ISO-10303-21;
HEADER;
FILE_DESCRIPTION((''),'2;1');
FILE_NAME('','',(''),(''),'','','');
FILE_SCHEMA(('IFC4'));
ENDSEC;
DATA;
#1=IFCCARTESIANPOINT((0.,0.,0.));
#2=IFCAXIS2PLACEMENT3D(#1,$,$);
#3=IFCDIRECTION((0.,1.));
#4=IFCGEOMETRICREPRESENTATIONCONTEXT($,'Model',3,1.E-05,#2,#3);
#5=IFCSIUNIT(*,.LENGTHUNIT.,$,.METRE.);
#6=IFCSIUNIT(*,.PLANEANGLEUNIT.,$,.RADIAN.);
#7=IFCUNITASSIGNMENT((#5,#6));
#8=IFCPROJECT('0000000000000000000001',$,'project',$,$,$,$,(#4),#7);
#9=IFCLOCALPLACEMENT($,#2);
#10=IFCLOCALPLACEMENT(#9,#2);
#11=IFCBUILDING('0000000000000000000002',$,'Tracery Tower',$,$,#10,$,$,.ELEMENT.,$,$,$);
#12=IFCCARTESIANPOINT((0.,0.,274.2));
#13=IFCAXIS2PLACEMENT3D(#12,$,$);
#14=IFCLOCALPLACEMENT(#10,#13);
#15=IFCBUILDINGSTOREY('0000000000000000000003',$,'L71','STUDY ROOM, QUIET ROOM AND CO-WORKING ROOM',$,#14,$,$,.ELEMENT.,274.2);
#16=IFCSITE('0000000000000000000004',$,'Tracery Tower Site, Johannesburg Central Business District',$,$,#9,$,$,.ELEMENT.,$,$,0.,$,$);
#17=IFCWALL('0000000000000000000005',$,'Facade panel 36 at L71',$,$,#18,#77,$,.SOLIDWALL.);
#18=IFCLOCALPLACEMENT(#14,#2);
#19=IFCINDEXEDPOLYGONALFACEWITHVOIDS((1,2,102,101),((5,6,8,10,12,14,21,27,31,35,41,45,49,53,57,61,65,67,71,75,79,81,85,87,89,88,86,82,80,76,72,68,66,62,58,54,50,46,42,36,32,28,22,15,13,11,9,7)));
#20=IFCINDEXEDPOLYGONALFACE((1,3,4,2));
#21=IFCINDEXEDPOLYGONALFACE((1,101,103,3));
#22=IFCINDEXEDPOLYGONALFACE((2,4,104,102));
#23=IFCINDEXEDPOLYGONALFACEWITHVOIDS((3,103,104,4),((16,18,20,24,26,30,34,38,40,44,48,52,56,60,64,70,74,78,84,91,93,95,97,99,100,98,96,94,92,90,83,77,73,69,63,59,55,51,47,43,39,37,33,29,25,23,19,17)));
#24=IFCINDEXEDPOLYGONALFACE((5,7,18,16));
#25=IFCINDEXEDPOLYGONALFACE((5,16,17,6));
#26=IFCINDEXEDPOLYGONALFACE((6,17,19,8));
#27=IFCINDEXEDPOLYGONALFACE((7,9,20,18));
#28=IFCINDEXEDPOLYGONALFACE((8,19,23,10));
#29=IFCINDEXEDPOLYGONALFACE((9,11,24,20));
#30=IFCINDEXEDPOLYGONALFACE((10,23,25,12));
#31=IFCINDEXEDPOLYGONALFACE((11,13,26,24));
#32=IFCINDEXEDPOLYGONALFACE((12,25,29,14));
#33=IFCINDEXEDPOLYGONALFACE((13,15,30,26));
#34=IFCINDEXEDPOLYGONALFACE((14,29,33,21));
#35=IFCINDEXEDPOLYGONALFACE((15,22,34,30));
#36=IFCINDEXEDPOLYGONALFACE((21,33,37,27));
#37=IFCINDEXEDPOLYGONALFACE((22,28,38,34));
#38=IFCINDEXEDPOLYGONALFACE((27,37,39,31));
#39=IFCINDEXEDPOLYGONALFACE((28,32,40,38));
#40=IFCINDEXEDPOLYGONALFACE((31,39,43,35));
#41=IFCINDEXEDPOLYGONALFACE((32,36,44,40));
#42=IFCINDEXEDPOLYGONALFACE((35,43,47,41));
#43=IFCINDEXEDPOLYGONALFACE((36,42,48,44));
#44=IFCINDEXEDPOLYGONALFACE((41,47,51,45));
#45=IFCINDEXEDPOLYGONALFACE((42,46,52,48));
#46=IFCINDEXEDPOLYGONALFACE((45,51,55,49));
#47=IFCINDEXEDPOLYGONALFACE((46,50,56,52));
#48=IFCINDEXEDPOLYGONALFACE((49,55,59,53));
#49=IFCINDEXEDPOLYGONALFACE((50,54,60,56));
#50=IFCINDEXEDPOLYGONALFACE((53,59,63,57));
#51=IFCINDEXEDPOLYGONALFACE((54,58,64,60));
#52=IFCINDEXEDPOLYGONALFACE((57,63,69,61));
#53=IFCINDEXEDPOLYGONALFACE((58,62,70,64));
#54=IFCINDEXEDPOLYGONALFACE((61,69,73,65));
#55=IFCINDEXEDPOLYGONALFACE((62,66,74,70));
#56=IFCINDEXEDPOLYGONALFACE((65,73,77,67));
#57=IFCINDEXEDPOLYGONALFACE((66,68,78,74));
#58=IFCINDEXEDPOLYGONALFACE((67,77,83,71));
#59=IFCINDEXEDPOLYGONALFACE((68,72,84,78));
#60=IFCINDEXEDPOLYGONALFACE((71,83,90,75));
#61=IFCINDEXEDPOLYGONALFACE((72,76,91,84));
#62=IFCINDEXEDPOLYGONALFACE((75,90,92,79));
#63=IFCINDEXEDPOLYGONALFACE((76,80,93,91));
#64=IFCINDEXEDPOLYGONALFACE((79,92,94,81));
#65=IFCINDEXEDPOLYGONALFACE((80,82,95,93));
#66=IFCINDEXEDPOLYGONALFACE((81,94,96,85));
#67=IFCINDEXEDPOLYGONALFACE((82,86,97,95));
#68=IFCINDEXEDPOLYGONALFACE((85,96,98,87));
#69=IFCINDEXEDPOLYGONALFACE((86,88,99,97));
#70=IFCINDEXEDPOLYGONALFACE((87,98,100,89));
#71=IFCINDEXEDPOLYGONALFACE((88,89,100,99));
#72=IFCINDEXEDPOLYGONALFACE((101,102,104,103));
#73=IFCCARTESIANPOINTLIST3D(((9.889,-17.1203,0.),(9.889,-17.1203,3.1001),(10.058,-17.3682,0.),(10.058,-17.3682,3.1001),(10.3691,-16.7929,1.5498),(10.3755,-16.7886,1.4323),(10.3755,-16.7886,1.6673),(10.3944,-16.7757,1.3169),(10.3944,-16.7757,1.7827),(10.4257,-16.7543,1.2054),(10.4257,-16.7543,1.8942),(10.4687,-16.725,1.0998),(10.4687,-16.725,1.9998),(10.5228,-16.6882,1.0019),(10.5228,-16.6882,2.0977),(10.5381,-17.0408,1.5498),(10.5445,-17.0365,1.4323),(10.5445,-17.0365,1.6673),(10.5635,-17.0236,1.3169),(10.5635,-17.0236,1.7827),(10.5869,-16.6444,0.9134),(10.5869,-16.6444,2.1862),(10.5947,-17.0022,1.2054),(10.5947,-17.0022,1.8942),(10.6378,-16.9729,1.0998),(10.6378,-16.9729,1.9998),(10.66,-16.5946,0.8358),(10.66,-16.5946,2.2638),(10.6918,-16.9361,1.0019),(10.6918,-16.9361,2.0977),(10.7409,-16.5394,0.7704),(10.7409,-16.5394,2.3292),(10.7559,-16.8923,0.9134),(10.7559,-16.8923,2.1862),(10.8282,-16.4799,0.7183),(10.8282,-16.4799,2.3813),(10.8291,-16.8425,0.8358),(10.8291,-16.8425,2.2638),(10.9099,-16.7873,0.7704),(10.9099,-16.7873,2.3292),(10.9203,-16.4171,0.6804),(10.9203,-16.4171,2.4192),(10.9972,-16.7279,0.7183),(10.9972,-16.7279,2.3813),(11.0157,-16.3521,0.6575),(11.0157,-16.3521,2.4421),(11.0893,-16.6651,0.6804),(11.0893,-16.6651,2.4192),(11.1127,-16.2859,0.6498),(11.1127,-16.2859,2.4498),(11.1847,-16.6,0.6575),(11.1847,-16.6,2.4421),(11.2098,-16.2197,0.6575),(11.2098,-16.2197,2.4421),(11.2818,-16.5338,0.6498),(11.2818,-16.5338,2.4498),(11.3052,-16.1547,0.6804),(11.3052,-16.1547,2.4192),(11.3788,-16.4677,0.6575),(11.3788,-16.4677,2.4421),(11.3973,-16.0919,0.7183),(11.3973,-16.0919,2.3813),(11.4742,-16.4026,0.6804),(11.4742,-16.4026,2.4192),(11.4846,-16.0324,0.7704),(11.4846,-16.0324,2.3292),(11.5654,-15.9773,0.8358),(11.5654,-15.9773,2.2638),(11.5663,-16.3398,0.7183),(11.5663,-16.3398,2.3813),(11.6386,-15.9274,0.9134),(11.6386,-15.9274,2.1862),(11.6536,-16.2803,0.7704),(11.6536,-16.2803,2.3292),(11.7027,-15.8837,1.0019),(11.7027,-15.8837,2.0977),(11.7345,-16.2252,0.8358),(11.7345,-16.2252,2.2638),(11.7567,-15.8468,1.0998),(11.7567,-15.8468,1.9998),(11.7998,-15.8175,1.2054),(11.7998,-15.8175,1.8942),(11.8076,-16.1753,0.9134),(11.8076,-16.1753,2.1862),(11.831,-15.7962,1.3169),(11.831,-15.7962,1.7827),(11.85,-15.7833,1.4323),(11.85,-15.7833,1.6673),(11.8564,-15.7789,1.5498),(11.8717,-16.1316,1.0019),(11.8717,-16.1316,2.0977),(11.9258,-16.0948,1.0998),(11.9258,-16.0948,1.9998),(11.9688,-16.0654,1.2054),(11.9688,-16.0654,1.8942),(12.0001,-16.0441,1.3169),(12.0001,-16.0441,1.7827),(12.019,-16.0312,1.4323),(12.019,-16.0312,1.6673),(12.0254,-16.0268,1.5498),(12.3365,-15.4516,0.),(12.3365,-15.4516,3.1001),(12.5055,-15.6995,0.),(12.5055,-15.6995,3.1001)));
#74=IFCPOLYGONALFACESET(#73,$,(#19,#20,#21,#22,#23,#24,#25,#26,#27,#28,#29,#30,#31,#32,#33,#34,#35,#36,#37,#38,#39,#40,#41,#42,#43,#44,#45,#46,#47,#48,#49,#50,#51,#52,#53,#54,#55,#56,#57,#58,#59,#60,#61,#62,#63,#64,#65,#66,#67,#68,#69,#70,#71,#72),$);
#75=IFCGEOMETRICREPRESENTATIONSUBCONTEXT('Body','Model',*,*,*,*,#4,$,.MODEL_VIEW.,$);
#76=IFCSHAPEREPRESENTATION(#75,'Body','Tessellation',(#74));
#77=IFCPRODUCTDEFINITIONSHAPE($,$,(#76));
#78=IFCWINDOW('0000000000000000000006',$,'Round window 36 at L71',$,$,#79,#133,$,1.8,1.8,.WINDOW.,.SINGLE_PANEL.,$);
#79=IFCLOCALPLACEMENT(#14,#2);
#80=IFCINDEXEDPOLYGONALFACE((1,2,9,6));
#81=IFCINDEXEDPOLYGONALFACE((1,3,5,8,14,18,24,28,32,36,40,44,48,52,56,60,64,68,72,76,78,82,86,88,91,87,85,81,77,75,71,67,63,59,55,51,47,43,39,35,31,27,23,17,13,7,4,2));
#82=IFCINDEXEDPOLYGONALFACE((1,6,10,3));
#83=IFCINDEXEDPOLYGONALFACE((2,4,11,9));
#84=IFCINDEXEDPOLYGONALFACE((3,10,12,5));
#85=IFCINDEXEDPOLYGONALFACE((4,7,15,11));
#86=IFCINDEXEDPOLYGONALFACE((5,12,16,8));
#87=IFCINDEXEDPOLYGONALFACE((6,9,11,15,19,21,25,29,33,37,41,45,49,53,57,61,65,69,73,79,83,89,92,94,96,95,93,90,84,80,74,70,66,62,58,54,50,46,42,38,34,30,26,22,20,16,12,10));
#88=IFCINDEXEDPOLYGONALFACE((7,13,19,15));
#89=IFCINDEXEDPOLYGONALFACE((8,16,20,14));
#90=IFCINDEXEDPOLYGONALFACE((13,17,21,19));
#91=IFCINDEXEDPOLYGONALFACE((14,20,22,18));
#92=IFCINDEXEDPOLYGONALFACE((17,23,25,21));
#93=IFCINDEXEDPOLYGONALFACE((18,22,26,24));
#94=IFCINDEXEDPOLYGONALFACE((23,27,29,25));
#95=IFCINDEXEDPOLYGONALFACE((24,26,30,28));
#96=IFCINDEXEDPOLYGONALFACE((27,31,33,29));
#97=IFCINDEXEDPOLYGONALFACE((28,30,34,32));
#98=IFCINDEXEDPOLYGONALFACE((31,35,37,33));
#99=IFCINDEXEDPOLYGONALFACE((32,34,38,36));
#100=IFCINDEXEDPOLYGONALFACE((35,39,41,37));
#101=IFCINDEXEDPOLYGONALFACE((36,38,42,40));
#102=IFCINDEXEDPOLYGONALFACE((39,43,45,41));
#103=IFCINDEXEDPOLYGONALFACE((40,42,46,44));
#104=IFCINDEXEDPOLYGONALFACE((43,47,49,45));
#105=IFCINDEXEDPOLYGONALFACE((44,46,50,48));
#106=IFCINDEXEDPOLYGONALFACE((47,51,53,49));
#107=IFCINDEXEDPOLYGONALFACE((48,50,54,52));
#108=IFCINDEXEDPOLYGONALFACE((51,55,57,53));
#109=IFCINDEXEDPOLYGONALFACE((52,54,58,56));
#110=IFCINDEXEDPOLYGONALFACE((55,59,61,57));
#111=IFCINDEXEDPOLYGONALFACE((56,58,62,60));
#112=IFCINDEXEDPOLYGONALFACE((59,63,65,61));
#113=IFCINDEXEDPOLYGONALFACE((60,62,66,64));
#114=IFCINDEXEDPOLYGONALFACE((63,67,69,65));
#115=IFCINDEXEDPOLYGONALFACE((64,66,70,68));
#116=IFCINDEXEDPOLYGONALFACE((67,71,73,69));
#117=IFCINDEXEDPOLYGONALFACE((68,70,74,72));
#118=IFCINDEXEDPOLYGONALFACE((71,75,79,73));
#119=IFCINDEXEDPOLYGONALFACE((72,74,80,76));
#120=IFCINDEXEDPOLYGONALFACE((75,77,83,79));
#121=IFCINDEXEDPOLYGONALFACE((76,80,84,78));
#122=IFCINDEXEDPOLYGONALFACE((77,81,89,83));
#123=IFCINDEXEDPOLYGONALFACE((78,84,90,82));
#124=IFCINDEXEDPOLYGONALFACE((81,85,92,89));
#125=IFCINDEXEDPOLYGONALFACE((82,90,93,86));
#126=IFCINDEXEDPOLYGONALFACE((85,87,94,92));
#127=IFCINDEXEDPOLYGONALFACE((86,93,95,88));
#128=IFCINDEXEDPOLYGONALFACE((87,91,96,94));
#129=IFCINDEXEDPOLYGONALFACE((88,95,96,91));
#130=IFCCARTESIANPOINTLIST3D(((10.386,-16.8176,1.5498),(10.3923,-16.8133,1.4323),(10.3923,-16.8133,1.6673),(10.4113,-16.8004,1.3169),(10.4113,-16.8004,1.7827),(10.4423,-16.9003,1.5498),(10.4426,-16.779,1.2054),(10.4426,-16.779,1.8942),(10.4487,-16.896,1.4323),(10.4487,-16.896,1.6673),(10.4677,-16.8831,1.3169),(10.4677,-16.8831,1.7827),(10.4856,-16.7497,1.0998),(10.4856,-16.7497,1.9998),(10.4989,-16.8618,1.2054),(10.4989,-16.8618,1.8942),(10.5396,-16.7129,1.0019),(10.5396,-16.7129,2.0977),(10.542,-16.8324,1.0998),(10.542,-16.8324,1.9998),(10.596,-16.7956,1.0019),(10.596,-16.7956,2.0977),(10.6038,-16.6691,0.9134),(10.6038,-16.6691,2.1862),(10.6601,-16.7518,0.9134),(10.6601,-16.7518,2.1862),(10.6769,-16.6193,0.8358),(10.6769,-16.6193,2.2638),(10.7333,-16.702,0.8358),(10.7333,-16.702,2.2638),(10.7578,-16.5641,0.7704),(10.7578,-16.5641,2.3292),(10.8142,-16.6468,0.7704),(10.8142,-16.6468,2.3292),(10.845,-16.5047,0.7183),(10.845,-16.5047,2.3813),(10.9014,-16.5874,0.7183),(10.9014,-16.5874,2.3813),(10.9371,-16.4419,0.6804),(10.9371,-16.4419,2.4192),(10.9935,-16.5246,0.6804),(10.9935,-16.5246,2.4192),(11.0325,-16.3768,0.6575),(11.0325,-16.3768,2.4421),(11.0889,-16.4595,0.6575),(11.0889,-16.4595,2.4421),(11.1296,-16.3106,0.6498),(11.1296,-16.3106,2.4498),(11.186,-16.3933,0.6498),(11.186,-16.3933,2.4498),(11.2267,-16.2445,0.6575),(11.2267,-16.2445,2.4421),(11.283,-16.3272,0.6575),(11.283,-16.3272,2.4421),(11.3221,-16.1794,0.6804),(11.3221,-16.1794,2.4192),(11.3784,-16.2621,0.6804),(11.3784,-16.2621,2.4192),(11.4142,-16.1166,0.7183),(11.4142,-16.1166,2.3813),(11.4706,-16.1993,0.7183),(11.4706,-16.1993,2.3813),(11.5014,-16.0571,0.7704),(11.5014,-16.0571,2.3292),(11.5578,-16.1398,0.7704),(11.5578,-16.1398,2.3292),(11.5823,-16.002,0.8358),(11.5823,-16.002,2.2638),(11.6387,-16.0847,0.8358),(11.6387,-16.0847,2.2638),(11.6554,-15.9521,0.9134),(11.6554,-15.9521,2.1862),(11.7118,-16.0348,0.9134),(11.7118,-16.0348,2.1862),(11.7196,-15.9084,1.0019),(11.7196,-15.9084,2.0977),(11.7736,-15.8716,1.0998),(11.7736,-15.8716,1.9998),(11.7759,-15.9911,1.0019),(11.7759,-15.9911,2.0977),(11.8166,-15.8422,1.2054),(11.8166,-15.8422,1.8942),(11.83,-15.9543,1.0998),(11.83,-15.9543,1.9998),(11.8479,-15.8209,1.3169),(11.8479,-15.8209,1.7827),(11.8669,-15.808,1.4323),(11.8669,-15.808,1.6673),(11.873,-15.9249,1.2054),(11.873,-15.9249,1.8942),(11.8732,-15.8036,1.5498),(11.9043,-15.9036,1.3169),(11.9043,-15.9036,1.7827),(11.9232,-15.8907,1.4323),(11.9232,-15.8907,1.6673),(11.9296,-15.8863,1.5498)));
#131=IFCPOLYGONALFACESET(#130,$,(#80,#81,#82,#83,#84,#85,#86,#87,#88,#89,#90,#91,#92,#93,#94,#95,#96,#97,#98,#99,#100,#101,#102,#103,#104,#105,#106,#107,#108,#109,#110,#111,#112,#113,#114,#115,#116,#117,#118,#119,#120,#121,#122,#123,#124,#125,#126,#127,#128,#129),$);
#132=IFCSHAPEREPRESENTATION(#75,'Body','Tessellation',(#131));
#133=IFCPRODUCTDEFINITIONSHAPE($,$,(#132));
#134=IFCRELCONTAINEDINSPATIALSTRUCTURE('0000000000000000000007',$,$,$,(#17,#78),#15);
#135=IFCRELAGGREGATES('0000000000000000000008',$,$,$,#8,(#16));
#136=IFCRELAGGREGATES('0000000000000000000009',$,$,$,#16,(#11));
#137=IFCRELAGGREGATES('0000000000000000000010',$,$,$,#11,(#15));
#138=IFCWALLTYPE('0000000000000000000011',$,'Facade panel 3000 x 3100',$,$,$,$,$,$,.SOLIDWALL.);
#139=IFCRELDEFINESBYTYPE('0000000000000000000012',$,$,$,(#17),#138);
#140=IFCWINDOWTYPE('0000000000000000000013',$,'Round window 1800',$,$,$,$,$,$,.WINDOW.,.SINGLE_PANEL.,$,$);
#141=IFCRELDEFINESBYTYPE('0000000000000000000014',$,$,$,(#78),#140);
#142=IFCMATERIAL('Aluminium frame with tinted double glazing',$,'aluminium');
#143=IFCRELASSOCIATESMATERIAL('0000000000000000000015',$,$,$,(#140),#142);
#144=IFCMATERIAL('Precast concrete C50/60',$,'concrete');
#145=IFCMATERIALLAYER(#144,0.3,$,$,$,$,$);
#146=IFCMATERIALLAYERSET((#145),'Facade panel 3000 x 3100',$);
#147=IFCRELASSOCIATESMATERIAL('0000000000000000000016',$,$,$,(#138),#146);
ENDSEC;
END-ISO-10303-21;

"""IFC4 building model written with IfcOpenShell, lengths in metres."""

from ifc_helpers import new_model, si_unit, direction, frame, frame_2d, origin, origin_2d, place, context, subcontext, project, spatial, rectangle, circle, extrude, material, layer, layer_set, type_object, element, fill, save


model = new_model("IFC4")

# Units and contexts
model_context = context("Model", 3, precision=1e-05, world=origin(), true_north=direction((0.0, 1.0)))
body_context = subcontext(model_context, "Body", "Model", "MODEL_VIEW")
ifc_project = project(units=[si_unit("LENGTHUNIT", "METRE"), si_unit("PLANEANGLEUNIT", "RADIAN")], contexts=[model_context])

# Site, building, storey
site_placement = place(None, origin())
site = spatial("IfcSite", under=ifc_project, at=site_placement, Name="Tracery Tower Site, Johannesburg Central Business District", CompositionType="ELEMENT", RefElevation=0.0)
building_placement = place(site_placement, origin())
building = spatial("IfcBuilding", under=site, at=building_placement, Name="Tracery Tower", CompositionType="ELEMENT")
storey_placement = place(building_placement, frame((0.0, 0.0, 274.2)))
storey = spatial("IfcBuildingStorey", under=building, at=storey_placement, Name="L71", Description="STUDY ROOM, QUIET ROOM AND CO-WORKING ROOM", CompositionType="ELEMENT", Elevation=274.2)

# Wall, opening, window
ifc_material_1 = material(Name="Aluminium frame with tinted double glazing", Category="aluminium")
window_type = type_object("IfcWindowType", Name="Round window 1800", PartitioningType="SINGLE_PANEL", PredefinedType="WINDOW", material=ifc_material_1)
ifc_material_2 = material(Name="Precast concrete C50/60", Category="concrete")
ifc_layer_1 = layer(ifc_material_2, 0.3)
ifc_layer_set_1 = layer_set([ifc_layer_1], Name="Facade panel 3000 x 3100")
wall_type_1 = type_object("IfcWallType", Name="Facade panel 3000 x 3100", PredefinedType="SOLIDWALL", material=ifc_layer_set_1)
wall_1_placement = place(storey_placement, frame((9.9736, -17.2441, 0.0), z_axis=(0.0, 0.0, 1.0), x_axis=(0.826236, 0.563324, 0.0)))
wall_1 = element("IfcWall", 1, at=wall_1_placement, inside=storey, type_object=wall_type_1, Name="Facade panel 36 at L71", PredefinedType="SOLIDWALL", context=body_context, shape_type="SweptSolid", body=[
    extrude(rectangle(XDim=2.9622, YDim=0.3, at=frame_2d((1.481, 0.0))), origin(), (0.0, 0.0, 1.0), 3.1001),
])
opening_1_placement = place(wall_1_placement, frame((1.481, 0.0, 1.5498)))
opening_1 = element("IfcOpeningElement", 2, at=opening_1_placement, cuts=wall_1, PredefinedType="OPENING", context=body_context, shape_type="SweptSolid", body=[
    extrude(circle(Radius=0.9, at=origin_2d()), frame((0.0, 0.1599, 0.0), z_axis=(0.0, -1.0, 0.0), x_axis=(1.0, 0.0, 0.0)), (0.0, 0.0, 1.0), 0.3201),
])
window_1_placement = place(opening_1_placement, origin())
window_1 = element("IfcWindow", 3, at=window_1_placement, inside=storey, type_object=window_type, Name="Round window 36 at L71", OverallHeight=1.8, OverallWidth=1.8, PartitioningType="SINGLE_PANEL", PredefinedType="WINDOW", context=body_context, shape_type="SweptSolid", body=[
    extrude(circle(Radius=0.9, at=origin_2d()), frame((0.0, 0.1201, 0.0), z_axis=(0.0, -1.0, 0.0), x_axis=(1.0, 0.0, 0.0)), (0.0, 0.0, 1.0), 0.1001),
])
fill(opening_1, window_1)

save(model, "model.ifc")
